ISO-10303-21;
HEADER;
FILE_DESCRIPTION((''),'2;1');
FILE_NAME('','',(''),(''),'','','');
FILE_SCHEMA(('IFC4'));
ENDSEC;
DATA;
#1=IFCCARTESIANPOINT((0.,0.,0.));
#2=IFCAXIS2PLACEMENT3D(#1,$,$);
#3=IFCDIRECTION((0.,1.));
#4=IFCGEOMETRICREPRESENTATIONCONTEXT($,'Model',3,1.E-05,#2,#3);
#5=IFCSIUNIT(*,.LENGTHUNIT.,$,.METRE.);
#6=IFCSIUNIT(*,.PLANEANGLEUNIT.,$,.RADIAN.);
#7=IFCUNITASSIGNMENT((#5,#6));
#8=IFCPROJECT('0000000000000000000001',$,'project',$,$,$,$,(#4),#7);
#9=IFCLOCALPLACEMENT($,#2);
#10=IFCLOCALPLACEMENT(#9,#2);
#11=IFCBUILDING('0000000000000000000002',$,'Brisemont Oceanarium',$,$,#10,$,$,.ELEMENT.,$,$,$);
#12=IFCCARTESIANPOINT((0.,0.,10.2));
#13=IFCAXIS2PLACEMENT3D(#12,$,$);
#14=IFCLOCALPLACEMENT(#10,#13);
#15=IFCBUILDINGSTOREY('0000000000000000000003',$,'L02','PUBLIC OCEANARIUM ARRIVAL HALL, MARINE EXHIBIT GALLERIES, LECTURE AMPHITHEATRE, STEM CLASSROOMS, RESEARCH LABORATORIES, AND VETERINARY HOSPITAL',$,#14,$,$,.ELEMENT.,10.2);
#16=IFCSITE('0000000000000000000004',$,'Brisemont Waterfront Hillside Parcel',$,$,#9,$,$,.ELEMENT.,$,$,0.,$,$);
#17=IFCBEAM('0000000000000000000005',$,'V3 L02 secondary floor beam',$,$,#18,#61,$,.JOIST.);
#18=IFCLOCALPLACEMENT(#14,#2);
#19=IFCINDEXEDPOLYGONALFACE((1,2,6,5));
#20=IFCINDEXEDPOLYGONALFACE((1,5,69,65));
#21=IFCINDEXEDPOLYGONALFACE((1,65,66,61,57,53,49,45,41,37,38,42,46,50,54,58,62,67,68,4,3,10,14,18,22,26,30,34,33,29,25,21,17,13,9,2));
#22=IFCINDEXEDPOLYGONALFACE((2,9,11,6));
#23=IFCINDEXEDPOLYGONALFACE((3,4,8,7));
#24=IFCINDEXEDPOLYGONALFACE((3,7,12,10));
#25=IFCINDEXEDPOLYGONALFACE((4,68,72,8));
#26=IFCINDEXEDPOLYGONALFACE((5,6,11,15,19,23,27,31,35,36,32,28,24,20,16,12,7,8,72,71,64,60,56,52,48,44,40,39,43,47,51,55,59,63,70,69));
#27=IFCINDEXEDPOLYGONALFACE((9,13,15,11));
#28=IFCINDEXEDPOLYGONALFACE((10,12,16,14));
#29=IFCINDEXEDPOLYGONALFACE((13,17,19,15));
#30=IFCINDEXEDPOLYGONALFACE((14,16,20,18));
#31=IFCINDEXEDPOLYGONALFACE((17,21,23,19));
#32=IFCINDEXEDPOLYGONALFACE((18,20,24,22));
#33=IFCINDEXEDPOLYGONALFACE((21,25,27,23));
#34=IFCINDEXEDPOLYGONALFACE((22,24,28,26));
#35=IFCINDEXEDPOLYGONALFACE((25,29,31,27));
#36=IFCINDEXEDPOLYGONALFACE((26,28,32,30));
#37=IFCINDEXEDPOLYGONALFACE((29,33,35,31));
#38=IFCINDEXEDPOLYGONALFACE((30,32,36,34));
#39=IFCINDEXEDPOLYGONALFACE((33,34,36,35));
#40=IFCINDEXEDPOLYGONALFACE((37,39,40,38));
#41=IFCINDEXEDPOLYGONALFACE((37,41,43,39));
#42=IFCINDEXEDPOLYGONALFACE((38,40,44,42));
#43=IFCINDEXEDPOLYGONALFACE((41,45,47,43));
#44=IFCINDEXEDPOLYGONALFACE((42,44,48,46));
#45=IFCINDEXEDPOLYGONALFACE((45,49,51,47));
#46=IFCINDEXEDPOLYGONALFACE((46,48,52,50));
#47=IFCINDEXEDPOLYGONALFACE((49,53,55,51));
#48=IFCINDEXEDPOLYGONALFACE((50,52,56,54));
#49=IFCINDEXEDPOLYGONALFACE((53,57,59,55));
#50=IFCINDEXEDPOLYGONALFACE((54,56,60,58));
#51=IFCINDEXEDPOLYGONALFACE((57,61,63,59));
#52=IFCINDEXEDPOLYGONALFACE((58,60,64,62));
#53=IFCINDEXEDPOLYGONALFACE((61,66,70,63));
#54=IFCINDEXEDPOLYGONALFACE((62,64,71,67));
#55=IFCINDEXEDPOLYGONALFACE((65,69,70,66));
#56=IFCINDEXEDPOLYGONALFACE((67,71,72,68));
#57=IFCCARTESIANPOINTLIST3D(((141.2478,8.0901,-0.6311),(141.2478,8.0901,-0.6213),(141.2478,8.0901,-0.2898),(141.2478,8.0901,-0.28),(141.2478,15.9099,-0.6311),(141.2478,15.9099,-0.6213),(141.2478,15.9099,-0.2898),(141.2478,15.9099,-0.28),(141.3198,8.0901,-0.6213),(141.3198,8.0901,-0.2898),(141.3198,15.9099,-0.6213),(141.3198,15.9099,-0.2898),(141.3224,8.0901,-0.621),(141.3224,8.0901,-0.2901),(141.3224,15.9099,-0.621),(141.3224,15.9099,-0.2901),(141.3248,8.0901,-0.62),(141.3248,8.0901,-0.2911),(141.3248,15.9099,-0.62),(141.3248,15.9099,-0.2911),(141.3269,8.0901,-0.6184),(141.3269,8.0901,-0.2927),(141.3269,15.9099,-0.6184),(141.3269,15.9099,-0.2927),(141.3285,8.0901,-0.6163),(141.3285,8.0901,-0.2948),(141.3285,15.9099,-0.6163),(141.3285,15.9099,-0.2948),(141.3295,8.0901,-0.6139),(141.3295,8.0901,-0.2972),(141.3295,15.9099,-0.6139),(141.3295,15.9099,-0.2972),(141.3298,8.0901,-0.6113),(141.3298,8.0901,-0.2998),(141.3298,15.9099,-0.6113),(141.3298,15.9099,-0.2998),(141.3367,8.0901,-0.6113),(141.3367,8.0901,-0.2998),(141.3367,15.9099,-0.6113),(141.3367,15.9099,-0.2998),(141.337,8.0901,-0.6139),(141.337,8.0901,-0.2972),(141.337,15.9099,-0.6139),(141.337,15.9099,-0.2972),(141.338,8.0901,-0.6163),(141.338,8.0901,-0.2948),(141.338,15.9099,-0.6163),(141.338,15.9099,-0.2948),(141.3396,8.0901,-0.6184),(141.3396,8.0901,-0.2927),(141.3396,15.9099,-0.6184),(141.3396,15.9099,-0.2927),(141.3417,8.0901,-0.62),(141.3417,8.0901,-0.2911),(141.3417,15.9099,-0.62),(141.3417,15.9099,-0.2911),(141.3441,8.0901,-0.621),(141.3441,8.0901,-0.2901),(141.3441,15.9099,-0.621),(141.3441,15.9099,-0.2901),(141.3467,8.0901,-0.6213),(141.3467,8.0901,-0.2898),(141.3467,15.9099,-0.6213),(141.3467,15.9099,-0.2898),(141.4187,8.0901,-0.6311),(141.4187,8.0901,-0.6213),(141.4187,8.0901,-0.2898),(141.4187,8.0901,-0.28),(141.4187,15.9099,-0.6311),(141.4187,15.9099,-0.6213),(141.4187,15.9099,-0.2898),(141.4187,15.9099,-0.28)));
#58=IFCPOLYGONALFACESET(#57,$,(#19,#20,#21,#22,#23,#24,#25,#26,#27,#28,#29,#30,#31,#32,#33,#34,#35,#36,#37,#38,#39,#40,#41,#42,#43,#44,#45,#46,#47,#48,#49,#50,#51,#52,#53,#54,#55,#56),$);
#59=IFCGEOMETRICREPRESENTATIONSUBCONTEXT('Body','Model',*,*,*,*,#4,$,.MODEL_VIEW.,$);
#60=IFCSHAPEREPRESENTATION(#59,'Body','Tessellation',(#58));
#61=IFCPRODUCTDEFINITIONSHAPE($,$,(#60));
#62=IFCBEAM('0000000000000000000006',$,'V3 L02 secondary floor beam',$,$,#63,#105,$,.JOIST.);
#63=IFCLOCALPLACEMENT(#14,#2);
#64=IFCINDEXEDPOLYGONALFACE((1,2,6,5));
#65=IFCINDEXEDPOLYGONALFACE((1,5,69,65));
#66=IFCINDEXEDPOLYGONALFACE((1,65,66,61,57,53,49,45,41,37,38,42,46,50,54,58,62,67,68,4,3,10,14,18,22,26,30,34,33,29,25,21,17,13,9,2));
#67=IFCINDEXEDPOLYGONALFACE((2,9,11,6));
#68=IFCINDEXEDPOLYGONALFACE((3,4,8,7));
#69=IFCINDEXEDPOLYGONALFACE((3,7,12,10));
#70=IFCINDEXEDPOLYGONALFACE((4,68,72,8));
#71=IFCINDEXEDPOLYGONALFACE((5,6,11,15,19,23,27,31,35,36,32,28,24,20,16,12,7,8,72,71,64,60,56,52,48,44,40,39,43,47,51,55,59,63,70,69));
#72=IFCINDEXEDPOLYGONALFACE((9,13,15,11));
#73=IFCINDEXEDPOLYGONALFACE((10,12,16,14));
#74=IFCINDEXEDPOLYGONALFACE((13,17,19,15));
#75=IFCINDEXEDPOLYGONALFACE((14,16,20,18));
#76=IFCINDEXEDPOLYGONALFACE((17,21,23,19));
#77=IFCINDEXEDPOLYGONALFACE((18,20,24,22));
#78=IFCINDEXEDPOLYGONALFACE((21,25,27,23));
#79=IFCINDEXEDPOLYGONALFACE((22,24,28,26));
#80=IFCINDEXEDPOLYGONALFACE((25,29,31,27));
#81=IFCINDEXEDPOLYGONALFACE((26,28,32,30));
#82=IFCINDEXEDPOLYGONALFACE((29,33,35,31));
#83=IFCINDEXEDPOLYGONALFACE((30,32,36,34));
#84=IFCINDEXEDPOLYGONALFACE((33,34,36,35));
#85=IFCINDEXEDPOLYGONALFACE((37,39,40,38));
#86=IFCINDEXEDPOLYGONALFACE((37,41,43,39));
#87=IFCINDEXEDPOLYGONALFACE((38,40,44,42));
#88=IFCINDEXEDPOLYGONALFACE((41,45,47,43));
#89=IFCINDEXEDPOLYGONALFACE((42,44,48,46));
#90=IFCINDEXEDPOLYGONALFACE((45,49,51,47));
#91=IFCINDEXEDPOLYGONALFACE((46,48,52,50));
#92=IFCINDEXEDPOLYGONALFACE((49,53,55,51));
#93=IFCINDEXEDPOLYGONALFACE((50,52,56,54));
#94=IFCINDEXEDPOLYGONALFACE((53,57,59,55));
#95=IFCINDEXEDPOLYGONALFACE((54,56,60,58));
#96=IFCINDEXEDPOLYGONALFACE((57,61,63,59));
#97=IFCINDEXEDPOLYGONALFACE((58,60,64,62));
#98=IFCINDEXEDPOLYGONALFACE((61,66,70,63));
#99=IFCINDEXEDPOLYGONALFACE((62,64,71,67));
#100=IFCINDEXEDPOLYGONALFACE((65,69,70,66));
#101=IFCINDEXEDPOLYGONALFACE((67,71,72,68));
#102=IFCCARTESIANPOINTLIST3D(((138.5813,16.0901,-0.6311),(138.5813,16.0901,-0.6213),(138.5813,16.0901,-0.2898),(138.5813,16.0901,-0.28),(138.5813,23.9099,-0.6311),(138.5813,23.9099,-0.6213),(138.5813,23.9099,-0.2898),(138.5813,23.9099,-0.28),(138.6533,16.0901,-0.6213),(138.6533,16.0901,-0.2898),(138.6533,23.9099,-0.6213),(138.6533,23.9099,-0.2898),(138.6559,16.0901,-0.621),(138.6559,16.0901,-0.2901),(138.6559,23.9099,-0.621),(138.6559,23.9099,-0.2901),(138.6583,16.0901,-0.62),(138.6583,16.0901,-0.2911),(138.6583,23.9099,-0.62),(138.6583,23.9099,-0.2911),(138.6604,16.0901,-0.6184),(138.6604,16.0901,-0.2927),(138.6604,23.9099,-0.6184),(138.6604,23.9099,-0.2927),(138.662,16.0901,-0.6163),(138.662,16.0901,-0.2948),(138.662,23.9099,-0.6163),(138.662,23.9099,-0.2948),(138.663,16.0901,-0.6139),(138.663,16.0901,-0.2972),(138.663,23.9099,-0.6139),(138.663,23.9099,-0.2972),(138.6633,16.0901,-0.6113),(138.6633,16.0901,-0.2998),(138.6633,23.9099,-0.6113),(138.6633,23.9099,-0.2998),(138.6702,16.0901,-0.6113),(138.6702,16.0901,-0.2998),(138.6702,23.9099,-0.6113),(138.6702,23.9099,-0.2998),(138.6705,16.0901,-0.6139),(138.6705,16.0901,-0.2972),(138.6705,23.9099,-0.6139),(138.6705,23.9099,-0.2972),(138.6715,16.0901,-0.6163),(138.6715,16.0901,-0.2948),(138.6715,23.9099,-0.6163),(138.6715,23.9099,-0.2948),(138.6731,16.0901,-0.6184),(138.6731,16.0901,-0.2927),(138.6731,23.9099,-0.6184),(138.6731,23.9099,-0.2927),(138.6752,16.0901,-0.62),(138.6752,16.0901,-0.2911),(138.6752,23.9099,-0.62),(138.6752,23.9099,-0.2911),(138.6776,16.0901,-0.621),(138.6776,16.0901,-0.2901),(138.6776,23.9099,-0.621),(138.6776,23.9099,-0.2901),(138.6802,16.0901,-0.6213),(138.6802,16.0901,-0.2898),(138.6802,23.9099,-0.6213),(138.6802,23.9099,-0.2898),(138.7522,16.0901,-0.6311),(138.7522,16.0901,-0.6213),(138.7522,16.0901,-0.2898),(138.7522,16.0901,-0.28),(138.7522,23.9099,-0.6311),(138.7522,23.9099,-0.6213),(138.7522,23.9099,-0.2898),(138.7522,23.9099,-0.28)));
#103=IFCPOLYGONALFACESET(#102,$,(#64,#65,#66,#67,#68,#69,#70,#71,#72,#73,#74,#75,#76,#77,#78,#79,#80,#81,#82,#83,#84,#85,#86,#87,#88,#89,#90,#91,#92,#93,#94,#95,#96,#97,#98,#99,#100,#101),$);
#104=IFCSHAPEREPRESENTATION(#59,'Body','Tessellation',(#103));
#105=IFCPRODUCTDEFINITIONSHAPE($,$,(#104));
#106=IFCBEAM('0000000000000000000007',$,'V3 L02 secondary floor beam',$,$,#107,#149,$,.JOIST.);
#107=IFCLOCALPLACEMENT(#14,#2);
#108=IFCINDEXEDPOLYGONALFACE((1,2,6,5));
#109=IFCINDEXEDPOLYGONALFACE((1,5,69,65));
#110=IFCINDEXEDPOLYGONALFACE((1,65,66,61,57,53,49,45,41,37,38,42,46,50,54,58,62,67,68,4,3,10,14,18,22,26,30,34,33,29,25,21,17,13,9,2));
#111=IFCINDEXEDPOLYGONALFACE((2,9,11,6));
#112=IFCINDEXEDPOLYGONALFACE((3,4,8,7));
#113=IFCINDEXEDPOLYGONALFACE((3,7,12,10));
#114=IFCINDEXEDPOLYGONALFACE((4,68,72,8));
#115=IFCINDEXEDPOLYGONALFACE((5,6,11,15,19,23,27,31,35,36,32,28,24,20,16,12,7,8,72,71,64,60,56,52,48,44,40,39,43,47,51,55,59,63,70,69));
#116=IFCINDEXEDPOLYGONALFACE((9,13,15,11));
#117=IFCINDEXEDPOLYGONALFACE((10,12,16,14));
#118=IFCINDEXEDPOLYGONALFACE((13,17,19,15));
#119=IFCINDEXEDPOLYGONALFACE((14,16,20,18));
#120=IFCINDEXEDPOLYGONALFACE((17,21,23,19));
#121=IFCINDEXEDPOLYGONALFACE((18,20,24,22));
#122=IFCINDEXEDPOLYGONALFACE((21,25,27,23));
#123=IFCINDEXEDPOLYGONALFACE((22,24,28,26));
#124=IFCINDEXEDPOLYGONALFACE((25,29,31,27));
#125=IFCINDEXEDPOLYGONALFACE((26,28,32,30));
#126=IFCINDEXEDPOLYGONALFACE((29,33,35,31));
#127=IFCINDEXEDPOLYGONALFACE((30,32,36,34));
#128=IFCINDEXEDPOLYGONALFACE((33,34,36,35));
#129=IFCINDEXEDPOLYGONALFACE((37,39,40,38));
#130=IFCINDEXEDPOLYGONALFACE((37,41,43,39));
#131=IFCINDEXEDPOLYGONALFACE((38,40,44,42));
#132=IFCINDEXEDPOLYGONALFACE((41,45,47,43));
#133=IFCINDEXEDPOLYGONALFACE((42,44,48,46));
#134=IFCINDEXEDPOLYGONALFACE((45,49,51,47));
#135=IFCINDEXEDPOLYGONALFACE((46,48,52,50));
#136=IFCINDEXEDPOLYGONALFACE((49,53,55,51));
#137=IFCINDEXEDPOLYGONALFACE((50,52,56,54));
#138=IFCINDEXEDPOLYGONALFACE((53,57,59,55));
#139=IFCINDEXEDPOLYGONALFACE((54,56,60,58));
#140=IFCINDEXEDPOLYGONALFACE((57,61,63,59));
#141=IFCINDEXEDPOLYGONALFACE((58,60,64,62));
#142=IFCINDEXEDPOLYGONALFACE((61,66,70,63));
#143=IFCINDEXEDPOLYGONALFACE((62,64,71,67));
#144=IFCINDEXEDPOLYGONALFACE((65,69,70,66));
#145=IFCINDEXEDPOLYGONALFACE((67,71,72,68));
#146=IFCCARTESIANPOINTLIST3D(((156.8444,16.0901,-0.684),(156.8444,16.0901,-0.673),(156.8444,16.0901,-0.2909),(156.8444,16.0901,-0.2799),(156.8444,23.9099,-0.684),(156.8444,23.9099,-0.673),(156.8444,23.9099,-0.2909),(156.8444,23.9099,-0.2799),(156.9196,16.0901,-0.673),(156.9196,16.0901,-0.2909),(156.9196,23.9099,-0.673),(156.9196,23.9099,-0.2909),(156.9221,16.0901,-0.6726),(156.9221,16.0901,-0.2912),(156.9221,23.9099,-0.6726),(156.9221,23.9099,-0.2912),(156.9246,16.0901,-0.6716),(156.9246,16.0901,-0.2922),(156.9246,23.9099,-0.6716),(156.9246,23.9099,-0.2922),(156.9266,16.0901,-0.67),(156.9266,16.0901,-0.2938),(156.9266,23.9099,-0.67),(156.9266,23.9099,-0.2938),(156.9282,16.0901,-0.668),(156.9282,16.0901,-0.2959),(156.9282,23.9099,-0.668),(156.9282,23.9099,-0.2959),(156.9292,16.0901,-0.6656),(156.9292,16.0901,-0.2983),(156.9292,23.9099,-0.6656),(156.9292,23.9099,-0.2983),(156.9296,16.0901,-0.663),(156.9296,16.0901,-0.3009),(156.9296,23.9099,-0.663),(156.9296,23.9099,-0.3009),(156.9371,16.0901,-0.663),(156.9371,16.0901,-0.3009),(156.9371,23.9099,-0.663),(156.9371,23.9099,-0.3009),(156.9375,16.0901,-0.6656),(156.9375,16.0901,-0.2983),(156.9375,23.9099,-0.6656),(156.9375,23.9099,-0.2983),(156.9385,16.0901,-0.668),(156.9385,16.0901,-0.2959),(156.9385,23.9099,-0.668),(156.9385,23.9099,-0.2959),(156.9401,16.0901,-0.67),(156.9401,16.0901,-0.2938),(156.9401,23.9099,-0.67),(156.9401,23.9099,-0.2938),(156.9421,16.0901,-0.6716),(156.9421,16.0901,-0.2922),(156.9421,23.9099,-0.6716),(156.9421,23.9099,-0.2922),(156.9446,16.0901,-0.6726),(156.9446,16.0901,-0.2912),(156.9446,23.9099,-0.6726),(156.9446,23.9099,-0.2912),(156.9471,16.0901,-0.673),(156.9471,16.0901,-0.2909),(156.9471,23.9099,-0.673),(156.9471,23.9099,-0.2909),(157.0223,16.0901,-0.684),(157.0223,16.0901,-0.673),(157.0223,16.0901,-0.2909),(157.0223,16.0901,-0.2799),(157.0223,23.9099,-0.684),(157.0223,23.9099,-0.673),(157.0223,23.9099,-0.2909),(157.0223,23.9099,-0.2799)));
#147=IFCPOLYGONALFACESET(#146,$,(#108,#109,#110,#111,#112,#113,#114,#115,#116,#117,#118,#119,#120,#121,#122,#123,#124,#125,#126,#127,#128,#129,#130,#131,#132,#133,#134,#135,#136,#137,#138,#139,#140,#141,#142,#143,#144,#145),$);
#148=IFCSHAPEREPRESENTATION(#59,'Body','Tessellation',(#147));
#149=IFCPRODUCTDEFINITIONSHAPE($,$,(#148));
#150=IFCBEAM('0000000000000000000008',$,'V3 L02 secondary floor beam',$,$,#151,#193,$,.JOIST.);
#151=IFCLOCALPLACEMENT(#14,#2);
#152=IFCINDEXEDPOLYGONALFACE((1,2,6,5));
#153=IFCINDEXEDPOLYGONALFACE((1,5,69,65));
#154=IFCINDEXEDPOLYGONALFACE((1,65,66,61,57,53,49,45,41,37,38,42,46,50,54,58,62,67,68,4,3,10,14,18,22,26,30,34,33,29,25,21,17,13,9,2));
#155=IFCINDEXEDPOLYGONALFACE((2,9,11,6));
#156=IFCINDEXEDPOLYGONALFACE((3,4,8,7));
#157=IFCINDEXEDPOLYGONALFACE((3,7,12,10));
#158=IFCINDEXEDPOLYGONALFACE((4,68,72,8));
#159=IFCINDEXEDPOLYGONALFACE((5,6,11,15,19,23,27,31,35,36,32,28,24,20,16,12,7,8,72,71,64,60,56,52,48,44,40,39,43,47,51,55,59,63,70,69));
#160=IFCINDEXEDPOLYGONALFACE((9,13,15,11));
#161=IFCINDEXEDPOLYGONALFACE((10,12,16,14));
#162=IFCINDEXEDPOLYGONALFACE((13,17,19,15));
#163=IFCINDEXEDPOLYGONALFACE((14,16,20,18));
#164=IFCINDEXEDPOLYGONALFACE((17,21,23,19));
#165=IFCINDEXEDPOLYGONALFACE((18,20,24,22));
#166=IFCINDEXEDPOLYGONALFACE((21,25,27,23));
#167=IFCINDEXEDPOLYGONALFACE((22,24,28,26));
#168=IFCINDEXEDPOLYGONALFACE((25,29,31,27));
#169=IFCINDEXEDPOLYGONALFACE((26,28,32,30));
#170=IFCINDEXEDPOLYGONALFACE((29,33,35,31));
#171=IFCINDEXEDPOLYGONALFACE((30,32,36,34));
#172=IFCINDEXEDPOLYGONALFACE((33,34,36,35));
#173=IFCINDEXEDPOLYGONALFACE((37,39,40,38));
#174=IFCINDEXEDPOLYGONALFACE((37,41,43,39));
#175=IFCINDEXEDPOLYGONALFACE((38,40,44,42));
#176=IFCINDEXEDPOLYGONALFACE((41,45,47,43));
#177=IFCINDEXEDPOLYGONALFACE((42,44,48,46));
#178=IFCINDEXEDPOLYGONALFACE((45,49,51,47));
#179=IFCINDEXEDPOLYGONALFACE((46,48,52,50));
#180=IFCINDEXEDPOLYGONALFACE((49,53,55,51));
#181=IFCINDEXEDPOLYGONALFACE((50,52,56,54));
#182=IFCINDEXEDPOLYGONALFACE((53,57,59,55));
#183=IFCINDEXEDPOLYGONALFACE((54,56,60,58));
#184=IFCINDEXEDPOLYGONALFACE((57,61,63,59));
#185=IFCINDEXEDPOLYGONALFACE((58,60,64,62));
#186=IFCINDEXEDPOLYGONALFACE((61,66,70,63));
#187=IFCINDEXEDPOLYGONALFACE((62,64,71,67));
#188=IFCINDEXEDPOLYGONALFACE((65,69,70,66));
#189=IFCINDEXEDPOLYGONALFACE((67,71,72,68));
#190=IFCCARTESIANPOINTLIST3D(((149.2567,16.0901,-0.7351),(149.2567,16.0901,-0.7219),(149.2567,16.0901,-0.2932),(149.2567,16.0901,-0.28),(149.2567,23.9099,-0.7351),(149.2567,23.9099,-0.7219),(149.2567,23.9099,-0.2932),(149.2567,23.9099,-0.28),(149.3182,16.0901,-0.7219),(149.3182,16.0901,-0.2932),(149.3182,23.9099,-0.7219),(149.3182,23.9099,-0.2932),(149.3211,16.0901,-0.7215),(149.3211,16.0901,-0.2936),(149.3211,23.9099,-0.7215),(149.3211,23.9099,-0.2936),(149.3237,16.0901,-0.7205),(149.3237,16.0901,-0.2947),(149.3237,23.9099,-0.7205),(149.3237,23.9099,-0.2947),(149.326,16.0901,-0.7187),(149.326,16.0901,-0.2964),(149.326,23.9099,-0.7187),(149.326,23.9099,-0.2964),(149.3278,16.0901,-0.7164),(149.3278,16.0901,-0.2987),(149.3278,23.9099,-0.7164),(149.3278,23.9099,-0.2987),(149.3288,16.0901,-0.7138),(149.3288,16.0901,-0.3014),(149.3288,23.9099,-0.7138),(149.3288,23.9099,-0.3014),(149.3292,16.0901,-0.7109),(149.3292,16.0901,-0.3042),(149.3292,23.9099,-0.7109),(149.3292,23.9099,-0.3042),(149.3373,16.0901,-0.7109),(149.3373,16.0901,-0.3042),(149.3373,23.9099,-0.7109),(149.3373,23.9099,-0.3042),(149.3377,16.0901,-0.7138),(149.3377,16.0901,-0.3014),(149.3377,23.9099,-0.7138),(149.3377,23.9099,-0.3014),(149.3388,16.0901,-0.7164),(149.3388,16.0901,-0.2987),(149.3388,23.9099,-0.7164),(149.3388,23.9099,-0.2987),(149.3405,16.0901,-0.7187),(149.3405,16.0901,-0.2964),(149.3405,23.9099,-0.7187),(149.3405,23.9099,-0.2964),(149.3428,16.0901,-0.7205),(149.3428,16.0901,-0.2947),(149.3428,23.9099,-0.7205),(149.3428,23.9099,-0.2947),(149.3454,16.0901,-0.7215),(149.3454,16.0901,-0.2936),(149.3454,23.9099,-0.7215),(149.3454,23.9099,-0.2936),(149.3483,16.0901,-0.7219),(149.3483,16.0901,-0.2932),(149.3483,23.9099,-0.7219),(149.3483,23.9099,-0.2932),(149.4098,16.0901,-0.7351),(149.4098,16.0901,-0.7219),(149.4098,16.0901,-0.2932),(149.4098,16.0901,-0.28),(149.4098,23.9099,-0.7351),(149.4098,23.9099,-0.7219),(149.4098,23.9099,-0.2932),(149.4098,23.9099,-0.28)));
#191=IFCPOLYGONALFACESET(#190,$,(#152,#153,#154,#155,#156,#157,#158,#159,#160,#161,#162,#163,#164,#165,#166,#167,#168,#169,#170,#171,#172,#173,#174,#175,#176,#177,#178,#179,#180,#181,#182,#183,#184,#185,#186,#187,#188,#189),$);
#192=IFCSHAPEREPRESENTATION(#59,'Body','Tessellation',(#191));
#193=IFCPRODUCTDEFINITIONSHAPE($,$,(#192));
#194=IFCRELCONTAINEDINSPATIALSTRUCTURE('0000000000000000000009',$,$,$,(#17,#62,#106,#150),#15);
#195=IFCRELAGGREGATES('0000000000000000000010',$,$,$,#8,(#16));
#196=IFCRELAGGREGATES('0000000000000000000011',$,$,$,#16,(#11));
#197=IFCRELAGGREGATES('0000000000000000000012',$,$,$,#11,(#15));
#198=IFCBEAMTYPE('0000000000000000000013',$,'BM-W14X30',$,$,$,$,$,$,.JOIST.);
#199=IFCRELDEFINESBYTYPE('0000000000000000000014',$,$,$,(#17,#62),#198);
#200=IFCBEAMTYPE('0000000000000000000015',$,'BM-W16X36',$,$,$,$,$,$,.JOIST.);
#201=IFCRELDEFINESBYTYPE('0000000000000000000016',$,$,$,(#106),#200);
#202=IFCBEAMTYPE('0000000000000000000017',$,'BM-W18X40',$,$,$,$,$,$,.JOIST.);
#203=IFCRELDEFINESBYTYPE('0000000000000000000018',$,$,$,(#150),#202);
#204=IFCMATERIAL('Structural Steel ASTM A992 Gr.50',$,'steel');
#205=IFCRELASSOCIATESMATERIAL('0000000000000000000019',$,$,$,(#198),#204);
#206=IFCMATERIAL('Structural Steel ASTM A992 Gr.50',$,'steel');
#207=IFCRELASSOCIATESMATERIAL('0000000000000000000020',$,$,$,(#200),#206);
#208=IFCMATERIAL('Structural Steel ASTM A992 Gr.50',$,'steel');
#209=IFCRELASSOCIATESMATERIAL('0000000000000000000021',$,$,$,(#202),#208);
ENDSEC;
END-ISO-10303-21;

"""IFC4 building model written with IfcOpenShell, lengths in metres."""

from ifc_helpers import new_model, si_unit, direction, frame, origin, origin_2d, place, context, subcontext, project, spatial, i_section, extrude, material, material_profile, profile_set, type_object, element, save


model = new_model("IFC4")

# Units and contexts
model_context = context("Model", 3, precision=1e-05, world=origin(), true_north=direction((0.0, 1.0)))
body_context = subcontext(model_context, "Body", "Model", "MODEL_VIEW")
ifc_project = project(units=[si_unit("LENGTHUNIT", "METRE"), si_unit("PLANEANGLEUNIT", "RADIAN")], contexts=[model_context])

# Site, building, storey
site_placement = place(None, origin())
site = spatial("IfcSite", under=ifc_project, at=site_placement, Name="Brisemont Waterfront Hillside Parcel", CompositionType="ELEMENT", RefElevation=0.0)
building_placement = place(site_placement, origin())
building = spatial("IfcBuilding", under=site, at=building_placement, Name="Brisemont Oceanarium", CompositionType="ELEMENT")
storey_placement = place(building_placement, frame((0.0, 0.0, 10.2)))
storey = spatial("IfcBuildingStorey", under=building, at=storey_placement, Name="L02", Description="PUBLIC OCEANARIUM ARRIVAL HALL, MARINE EXHIBIT GALLERIES, LECTURE AMPHITHEATRE, STEM CLASSROOMS, RESEARCH LABORATORIES, AND VETERINARY HOSPITAL", CompositionType="ELEMENT", Elevation=10.2)

# Beams
ifc_material_1 = material(Name="Structural Steel ASTM A992 Gr.50", Category="steel")
ifc_material_profile_1 = material_profile(ifc_material_1, i_section(OverallWidth=0.1709, OverallDepth=0.3511, WebThickness=0.0068, FlangeThickness=0.0098, FilletRadius=0.01, at=origin_2d()), Name="W14X30")
ifc_profile_set_1 = profile_set([ifc_material_profile_1], Name="Structural Steel ASTM A992 Gr.50")
beam_type_1 = type_object("IfcBeamType", Name="BM-W14X30", PredefinedType="JOIST", material=ifc_profile_set_1)
for number, where, z_axis, x_axis, name in (
    (1, (141.3333, 8.0901, -0.4556), (0.0, 1.0, 0.0), (-1.0, 0.0, 0.0), "V3 L02 secondary floor beam"),
    (2, (138.6667, 16.0901, -0.4556), (0.0, 1.0, 0.0), (-1.0, 0.0, 0.0), "V3 L02 secondary floor beam"),
):
    element("IfcBeam", number, at=place(storey_placement, frame(where, z_axis=z_axis, x_axis=x_axis)), inside=storey, type_object=beam_type_1, Name=name, PredefinedType="JOIST", context=body_context, shape_type="SweptSolid", body=[
        extrude(i_section(OverallWidth=0.1709, OverallDepth=0.3511, WebThickness=0.0068, FlangeThickness=0.0098, FilletRadius=0.01, at=origin_2d()), origin(), (0.0, 0.0, 1.0), 7.8198),
    ])
ifc_material_2 = material(Name="Structural Steel ASTM A992 Gr.50", Category="steel")
ifc_material_profile_2 = material_profile(ifc_material_2, i_section(OverallWidth=0.178, OverallDepth=0.4041, WebThickness=0.0076, FlangeThickness=0.011, FilletRadius=0.01, at=origin_2d()), Name="W16X36")
ifc_profile_set_2 = profile_set([ifc_material_profile_2], Name="Structural Steel ASTM A992 Gr.50")
beam_type_2 = type_object("IfcBeamType", Name="BM-W16X36", PredefinedType="JOIST", material=ifc_profile_set_2)
beam_1_placement = place(storey_placement, frame((156.9333, 16.0901, -0.4819), z_axis=(0.0, 1.0, 0.0), x_axis=(-1.0, 0.0, 0.0)))
element("IfcBeam", 3, at=beam_1_placement, inside=storey, type_object=beam_type_2, Name="V3 L02 secondary floor beam", PredefinedType="JOIST", context=body_context, shape_type="SweptSolid", body=[
    extrude(i_section(OverallWidth=0.178, OverallDepth=0.4041, WebThickness=0.0076, FlangeThickness=0.011, FilletRadius=0.01, at=origin_2d()), origin(), (0.0, 0.0, 1.0), 7.8198),
])
ifc_material_3 = material(Name="Structural Steel ASTM A992 Gr.50", Category="steel")
ifc_material_profile_3 = material_profile(ifc_material_3, i_section(OverallWidth=0.1531, OverallDepth=0.4551, WebThickness=0.0081, FlangeThickness=0.0132, FilletRadius=0.011, at=origin_2d()), Name="W18X40")
ifc_profile_set_3 = profile_set([ifc_material_profile_3], Name="Structural Steel ASTM A992 Gr.50")
beam_type_3 = type_object("IfcBeamType", Name="BM-W18X40", PredefinedType="JOIST", material=ifc_profile_set_3)
for number, where, z_axis, x_axis, name in (
    (4, (149.3333, 16.0901, -0.5076), (0.0, 1.0, 0.0), (-1.0, 0.0, 0.0), "V3 L02 secondary floor beam"),
):
    element("IfcBeam", number, at=place(storey_placement, frame(where, z_axis=z_axis, x_axis=x_axis)), inside=storey, type_object=beam_type_3, Name=name, PredefinedType="JOIST", context=body_context, shape_type="SweptSolid", body=[
        extrude(i_section(OverallWidth=0.1531, OverallDepth=0.4551, WebThickness=0.0081, FlangeThickness=0.0132, FilletRadius=0.011, at=origin_2d()), origin(), (0.0, 0.0, 1.0), 7.8198),
    ])

save(model, "model.ifc")
